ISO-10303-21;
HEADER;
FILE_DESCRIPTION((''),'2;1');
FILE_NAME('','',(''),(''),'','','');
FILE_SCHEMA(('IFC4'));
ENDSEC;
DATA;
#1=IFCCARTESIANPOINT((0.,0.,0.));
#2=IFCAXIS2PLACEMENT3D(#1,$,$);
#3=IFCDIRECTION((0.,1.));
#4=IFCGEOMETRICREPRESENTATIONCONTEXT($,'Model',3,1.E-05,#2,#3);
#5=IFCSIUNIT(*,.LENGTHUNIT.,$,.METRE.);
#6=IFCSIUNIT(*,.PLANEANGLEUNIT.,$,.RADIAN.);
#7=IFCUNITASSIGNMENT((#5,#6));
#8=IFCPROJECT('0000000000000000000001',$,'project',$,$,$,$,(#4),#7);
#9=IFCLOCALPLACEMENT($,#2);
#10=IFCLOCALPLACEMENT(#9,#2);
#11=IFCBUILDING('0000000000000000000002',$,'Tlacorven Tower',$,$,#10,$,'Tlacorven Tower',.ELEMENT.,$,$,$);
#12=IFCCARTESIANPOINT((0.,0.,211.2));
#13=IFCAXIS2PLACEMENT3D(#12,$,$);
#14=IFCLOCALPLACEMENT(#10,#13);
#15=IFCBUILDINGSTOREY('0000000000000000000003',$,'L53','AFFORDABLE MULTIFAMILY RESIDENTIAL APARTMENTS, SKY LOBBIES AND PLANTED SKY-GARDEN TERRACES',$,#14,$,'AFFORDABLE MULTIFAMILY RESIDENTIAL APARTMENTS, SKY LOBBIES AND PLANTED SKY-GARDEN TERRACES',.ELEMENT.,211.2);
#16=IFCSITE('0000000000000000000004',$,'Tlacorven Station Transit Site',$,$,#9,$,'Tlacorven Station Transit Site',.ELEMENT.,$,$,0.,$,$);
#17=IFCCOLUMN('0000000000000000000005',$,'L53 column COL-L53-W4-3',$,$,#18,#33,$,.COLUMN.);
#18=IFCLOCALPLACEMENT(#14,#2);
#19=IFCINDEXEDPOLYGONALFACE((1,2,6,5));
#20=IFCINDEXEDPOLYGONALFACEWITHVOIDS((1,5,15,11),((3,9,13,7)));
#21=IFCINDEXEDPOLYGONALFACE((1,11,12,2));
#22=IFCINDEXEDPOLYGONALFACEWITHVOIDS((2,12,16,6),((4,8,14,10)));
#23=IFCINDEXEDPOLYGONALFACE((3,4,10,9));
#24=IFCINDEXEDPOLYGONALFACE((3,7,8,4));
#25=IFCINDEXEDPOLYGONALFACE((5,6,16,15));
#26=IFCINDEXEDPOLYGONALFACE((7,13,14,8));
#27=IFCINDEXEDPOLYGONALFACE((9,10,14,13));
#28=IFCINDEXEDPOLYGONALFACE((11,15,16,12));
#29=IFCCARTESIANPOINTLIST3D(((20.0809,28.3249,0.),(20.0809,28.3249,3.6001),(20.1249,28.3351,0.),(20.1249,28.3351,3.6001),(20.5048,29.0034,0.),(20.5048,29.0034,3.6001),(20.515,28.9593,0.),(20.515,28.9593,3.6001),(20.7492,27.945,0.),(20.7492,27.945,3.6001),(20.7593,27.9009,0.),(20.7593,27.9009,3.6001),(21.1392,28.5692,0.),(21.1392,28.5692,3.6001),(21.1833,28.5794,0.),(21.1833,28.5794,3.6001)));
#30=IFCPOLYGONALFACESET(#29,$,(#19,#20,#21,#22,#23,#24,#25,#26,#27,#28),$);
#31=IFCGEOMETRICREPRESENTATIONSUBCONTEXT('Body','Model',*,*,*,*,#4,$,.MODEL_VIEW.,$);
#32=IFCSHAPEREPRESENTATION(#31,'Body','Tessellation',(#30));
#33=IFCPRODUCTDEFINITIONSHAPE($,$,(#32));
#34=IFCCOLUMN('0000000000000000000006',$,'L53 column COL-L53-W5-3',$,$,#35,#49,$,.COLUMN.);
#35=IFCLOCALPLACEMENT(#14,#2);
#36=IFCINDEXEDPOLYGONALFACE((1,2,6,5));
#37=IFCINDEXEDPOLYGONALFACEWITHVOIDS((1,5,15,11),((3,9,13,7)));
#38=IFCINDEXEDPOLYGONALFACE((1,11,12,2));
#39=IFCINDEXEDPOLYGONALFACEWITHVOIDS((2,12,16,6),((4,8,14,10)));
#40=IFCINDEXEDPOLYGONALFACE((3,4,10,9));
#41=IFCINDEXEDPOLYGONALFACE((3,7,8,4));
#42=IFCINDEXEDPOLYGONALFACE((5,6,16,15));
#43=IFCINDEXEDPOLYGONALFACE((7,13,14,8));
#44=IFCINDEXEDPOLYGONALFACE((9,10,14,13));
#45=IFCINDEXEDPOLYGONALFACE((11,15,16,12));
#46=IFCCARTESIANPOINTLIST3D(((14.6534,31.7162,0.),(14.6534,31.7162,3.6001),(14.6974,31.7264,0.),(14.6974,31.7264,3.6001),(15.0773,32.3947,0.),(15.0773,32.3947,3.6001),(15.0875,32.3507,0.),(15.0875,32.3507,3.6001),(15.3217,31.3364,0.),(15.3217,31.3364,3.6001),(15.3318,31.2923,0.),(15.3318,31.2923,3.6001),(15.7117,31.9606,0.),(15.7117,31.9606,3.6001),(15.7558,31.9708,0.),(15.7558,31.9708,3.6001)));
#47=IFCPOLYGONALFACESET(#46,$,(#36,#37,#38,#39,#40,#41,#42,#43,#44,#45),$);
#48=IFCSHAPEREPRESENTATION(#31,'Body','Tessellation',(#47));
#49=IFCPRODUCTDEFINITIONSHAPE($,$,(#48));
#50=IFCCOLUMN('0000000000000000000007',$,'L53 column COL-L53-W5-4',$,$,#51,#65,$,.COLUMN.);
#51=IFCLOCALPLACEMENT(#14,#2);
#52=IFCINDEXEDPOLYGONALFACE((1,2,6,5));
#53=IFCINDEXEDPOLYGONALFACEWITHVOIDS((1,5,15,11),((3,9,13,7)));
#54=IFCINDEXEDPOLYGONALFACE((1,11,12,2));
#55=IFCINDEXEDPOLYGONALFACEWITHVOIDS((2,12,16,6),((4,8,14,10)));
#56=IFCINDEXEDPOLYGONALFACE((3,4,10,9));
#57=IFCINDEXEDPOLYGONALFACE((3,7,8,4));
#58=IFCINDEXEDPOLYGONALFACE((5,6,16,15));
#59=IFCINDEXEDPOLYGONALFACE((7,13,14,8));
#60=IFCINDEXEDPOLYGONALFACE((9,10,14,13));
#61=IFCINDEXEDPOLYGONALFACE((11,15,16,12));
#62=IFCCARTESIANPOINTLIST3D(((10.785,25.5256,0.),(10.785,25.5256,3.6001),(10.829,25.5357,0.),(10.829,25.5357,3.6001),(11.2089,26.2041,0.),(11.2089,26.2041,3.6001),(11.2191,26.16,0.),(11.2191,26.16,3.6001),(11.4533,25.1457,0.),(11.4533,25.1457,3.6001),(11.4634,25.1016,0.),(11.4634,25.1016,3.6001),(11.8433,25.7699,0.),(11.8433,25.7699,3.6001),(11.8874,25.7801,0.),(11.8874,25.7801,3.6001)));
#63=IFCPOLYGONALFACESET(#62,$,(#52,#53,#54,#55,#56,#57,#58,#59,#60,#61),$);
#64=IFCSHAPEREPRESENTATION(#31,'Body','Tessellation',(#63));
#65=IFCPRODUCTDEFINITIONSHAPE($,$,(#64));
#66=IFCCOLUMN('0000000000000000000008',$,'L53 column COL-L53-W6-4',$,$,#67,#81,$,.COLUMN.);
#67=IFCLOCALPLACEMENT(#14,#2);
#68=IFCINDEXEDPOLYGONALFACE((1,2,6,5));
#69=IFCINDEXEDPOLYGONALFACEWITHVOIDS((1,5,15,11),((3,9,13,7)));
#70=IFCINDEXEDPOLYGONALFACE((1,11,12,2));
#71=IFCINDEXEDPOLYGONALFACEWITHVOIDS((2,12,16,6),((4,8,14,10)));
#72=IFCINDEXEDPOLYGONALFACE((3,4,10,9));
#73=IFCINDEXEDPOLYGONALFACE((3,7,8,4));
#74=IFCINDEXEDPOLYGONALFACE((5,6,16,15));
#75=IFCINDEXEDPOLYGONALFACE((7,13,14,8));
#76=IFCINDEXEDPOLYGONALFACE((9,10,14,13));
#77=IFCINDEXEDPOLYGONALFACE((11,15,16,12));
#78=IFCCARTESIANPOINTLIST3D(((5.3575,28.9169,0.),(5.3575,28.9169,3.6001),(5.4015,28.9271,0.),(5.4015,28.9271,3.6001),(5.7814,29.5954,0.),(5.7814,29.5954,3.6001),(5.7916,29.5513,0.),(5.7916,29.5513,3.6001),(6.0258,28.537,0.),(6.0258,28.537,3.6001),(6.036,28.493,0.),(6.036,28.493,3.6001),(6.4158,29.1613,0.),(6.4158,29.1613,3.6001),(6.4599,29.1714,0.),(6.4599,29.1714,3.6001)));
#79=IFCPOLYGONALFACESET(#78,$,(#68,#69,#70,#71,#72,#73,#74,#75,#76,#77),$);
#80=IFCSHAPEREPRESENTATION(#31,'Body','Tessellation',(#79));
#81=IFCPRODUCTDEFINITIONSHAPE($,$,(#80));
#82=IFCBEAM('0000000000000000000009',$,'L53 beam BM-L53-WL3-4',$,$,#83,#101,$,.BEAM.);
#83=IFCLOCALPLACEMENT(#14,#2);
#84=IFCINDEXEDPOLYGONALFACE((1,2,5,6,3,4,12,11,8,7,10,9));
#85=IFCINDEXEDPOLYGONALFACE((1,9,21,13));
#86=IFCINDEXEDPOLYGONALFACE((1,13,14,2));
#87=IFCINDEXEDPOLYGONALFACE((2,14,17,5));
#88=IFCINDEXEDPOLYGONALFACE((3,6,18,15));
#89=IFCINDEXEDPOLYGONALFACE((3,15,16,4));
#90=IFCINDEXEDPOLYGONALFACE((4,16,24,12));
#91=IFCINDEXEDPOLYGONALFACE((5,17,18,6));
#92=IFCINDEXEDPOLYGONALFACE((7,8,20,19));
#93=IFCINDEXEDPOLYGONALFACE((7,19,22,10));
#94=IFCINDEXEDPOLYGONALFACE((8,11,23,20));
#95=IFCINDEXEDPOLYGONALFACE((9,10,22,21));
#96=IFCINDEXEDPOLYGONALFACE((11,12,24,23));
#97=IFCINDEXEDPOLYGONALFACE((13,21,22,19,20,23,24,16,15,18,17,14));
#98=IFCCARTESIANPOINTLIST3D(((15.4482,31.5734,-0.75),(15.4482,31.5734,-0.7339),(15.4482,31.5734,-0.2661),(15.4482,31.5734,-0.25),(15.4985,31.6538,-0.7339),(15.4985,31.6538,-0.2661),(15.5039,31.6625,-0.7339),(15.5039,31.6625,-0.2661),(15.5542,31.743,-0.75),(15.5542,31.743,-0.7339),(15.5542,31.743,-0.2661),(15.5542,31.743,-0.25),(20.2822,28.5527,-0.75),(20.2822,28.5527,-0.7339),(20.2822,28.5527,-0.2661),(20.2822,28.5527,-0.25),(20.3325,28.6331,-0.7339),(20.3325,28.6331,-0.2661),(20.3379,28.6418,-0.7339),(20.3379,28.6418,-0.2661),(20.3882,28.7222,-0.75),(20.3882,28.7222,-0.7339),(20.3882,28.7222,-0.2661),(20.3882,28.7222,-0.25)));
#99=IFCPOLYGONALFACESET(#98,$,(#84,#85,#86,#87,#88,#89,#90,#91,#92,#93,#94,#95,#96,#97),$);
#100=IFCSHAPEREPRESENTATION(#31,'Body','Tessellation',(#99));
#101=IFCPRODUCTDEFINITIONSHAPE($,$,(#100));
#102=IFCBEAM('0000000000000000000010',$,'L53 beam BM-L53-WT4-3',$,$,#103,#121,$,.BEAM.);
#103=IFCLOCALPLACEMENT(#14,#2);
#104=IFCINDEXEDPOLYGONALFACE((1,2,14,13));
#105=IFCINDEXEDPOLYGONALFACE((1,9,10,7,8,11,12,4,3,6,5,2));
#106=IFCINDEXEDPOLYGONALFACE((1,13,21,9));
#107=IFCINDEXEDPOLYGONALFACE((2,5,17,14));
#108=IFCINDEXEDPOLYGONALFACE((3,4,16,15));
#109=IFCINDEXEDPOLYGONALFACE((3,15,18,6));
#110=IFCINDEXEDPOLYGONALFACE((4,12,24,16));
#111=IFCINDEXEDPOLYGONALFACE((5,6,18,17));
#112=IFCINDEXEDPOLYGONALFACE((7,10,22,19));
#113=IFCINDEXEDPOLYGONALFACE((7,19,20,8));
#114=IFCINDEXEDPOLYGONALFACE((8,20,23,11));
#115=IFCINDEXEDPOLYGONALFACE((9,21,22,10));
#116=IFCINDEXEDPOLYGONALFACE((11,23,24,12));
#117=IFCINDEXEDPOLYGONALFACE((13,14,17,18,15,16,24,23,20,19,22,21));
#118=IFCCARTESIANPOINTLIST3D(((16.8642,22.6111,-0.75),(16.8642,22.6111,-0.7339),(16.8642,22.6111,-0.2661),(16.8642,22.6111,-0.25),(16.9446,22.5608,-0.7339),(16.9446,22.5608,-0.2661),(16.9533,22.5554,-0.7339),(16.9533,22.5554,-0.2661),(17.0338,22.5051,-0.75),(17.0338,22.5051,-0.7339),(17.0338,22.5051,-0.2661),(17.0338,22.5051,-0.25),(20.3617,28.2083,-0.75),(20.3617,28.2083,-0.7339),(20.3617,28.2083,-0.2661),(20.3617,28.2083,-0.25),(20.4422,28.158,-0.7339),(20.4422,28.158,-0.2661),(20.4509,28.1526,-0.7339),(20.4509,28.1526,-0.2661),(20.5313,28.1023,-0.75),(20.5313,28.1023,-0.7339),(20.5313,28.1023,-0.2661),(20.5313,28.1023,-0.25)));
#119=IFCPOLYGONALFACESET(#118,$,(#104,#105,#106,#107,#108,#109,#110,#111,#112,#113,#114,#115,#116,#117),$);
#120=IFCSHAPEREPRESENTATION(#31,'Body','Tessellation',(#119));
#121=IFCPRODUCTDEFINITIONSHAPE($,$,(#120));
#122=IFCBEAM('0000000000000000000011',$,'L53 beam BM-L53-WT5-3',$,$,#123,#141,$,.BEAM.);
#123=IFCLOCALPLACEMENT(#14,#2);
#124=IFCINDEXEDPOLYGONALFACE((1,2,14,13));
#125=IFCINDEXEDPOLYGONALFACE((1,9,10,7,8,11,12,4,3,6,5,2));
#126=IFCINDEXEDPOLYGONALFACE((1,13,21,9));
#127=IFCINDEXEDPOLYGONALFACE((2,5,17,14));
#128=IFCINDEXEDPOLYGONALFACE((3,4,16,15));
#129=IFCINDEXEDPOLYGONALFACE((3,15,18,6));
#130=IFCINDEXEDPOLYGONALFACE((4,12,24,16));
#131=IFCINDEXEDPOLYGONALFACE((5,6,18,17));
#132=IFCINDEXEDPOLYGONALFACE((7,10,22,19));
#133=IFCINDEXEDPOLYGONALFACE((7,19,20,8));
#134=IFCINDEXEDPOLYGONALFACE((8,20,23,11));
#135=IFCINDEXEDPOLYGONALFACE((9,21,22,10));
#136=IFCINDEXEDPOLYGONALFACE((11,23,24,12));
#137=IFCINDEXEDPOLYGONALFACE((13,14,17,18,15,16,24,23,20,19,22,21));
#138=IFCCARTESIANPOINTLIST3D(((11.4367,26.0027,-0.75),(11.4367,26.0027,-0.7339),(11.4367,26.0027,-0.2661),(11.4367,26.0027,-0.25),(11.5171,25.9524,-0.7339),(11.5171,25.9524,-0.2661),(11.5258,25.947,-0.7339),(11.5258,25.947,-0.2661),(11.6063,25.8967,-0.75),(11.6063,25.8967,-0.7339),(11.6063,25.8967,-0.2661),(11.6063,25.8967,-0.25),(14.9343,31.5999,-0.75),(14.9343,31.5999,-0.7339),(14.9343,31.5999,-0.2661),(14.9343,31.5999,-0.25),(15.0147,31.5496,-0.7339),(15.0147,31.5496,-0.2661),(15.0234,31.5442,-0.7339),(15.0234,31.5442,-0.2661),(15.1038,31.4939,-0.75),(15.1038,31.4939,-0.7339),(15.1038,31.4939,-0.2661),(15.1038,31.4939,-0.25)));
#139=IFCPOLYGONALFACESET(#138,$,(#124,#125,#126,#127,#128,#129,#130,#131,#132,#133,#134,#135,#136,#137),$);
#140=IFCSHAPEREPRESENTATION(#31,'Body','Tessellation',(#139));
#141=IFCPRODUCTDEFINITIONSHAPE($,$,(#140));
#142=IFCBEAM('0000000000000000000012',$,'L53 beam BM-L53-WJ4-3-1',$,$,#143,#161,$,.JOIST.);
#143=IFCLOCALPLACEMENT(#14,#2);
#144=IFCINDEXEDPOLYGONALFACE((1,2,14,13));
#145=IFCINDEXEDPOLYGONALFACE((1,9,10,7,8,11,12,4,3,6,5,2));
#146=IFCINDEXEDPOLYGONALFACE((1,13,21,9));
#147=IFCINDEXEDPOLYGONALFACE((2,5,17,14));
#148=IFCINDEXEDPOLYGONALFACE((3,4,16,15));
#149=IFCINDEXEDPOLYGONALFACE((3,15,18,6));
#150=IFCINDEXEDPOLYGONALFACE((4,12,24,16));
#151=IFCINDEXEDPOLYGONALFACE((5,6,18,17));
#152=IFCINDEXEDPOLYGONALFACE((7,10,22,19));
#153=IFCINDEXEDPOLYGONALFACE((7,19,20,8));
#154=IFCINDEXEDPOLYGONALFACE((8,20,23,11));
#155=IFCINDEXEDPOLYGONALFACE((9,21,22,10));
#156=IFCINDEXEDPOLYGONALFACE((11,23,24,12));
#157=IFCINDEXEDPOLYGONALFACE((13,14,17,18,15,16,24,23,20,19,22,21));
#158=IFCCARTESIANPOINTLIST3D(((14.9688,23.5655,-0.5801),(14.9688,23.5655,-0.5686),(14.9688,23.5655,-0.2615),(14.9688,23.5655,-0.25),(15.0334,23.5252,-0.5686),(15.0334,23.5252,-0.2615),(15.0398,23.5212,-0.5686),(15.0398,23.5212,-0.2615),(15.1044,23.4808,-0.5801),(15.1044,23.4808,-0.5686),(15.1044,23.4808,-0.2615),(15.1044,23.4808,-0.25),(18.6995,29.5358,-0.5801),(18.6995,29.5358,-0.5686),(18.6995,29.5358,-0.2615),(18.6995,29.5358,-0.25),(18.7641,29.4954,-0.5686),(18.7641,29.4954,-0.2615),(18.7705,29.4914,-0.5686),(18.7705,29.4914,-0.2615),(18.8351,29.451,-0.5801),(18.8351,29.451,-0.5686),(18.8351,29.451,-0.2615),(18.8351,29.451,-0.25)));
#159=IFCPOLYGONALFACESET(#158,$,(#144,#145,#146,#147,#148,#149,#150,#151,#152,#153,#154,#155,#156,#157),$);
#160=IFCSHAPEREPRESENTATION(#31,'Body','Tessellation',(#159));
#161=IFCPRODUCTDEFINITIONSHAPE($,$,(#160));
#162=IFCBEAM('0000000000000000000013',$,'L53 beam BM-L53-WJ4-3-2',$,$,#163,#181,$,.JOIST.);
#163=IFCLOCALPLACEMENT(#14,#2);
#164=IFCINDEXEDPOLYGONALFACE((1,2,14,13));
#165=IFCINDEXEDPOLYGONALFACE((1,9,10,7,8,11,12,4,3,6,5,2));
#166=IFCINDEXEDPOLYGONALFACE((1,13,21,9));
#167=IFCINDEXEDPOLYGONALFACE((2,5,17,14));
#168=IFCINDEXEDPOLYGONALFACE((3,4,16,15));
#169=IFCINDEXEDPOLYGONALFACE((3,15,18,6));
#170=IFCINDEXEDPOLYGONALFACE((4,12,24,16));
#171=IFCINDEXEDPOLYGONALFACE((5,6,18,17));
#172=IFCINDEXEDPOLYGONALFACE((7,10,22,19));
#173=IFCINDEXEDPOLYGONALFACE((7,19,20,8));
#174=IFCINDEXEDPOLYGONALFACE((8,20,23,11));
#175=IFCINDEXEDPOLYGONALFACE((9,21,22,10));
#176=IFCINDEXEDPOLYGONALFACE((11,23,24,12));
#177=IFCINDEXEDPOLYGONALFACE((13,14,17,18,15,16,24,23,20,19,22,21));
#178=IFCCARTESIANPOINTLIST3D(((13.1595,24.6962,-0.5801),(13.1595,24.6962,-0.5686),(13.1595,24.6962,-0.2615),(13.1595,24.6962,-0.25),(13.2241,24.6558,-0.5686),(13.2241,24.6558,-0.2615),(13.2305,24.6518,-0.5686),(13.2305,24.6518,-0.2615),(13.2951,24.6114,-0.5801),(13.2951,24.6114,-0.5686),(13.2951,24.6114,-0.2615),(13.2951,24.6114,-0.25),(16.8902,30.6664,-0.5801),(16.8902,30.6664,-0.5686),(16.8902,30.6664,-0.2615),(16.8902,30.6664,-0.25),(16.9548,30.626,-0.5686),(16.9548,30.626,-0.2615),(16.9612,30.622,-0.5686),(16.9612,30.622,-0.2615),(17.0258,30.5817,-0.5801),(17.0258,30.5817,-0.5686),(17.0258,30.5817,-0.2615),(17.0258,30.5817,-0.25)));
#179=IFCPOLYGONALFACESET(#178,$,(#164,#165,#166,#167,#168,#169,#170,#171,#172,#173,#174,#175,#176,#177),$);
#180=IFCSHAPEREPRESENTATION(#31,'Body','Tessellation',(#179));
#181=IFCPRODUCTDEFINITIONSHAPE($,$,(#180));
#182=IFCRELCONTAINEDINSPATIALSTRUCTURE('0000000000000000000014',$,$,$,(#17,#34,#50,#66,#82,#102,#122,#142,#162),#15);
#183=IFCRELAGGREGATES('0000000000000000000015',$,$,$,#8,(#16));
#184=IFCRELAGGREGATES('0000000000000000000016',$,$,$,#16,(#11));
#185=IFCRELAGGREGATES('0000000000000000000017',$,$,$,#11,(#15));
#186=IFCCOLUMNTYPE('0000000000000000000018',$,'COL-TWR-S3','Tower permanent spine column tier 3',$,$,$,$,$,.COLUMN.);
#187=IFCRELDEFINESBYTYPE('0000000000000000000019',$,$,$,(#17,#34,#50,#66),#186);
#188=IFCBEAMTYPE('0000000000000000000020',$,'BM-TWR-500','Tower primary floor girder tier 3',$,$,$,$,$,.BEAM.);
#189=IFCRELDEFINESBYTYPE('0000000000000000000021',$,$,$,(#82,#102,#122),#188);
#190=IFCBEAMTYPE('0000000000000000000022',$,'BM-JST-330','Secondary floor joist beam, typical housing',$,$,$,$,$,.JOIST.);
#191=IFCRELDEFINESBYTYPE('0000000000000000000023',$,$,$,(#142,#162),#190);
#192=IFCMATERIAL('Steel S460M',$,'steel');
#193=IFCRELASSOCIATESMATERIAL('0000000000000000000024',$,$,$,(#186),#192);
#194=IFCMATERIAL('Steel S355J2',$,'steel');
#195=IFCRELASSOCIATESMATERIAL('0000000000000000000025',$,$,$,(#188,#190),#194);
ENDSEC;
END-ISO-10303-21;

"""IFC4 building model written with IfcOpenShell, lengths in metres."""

from ifc_helpers import new_model, si_unit, direction, frame, origin, origin_2d, place, context, subcontext, project, spatial, hollow_rectangle, i_section, extrude, source, transform, mapped, material, material_profile, profile_set, type_object, element, save


model = new_model("IFC4")

# Units and contexts
model_context = context("Model", 3, precision=1e-05, world=origin(), true_north=direction((0.0, 1.0)))
body_context = subcontext(model_context, "Body", "Model", "MODEL_VIEW")
ifc_project = project(units=[si_unit("LENGTHUNIT", "METRE"), si_unit("PLANEANGLEUNIT", "RADIAN")], contexts=[model_context])

# Site, building, storey
site_placement = place(None, origin())
site = spatial("IfcSite", under=ifc_project, at=site_placement, Name="Tlacorven Station Transit Site", LongName="Tlacorven Station Transit Site", CompositionType="ELEMENT", RefElevation=0.0)
building_placement = place(site_placement, origin())
building = spatial("IfcBuilding", under=site, at=building_placement, Name="Tlacorven Tower", LongName="Tlacorven Tower", CompositionType="ELEMENT")
storey_placement = place(building_placement, frame((0.0, 0.0, 211.2)))
storey = spatial("IfcBuildingStorey", under=building, at=storey_placement, Name="L53", Description="AFFORDABLE MULTIFAMILY RESIDENTIAL APARTMENTS, SKY LOBBIES AND PLANTED SKY-GARDEN TERRACES", LongName="AFFORDABLE MULTIFAMILY RESIDENTIAL APARTMENTS, SKY LOBBIES AND PLANTED SKY-GARDEN TERRACES", CompositionType="ELEMENT", Elevation=211.2)

# Columns
ifc_material_1 = material(Name="Steel S460M", Category="steel")
ifc_material_profile_1 = material_profile(ifc_material_1, hollow_rectangle(XDim=0.8, YDim=0.8, WallThickness=0.032, at=origin_2d()), Name="BOX 800X800X32")
ifc_profile_set_1 = profile_set([ifc_material_profile_1], Name="Steel S460M")
column_type = type_object("IfcColumnType", Name="COL-TWR-S3", Description="Tower permanent spine column tier 3", PredefinedType="COLUMN", material=ifc_profile_set_1)
shared_shape_1 = source(origin(), body_context, "Body", "SweptSolid", [
    extrude(hollow_rectangle(XDim=0.8, YDim=0.8, WallThickness=0.032, at=origin_2d()), origin(), (0.0, 0.0, 1.0), 3.6001),
])
for number, where, z_axis, x_axis, name in (
    (1, (20.6321, 28.4521, 0.0), (0.0, 0.0, 1.0), (-0.848048, 0.529919, 0.0), "L53 column COL-L53-W4-3"),
    (2, (15.2046, 31.8435, 0.0), (0.0, 0.0, 1.0), (-0.848048, 0.529919, 0.0), "L53 column COL-L53-W5-3"),
    (3, (11.3362, 25.6528, 0.0), (0.0, 0.0, 1.0), (-0.848048, 0.529919, 0.0), "L53 column COL-L53-W5-4"),
    (4, (5.9087, 29.0442, 0.0), (0.0, 0.0, 1.0), (-0.848048, 0.529919, 0.0), "L53 column COL-L53-W6-4"),
):
    element("IfcColumn", number, at=place(storey_placement, frame(where, z_axis=z_axis, x_axis=x_axis)), inside=storey, type_object=column_type, Name=name, PredefinedType="COLUMN", context=body_context, shape_type="MappedRepresentation", body=[
        mapped(shared_shape_1, transform((0.0, 0.0, 0.0), scale=1.0)),
    ])

# Beams
ifc_material_2 = material(Name="Steel S355J2", Category="steel")
ifc_material_profile_2 = material_profile(ifc_material_2, i_section(OverallWidth=0.2, OverallDepth=0.5, WebThickness=0.0103, FlangeThickness=0.0161, at=origin_2d()), Name="IPE 500")
ifc_profile_set_2 = profile_set([ifc_material_profile_2], Name="Steel S355J2")
beam_type_1 = type_object("IfcBeamType", Name="BM-TWR-500", Description="Tower primary floor girder tier 3", PredefinedType="BEAM", material=ifc_profile_set_2)
shared_shape_2 = source(origin(), body_context, "Body", "SweptSolid", [
    extrude(i_section(OverallWidth=0.2, OverallDepth=0.5, WebThickness=0.0103, FlangeThickness=0.0161, at=origin_2d()), origin(), (0.0, 0.0, 1.0), 5.7002),
])
beam_1_placement = place(storey_placement, frame((20.3352, 28.6375, -0.5), z_axis=(-0.848037, 0.529937, 0.0), x_axis=(-0.529937, -0.848037, 0.0)))
element("IfcBeam", 5, at=beam_1_placement, inside=storey, type_object=beam_type_1, Name="L53 beam BM-L53-WL3-4", PredefinedType="BEAM", context=body_context, shape_type="MappedRepresentation", body=[
    mapped(shared_shape_2, transform((0.0, 0.0, 0.0), scale=1.0)),
])
shared_shape_3 = source(origin(), body_context, "Body", "SweptSolid", [
    extrude(i_section(OverallWidth=0.2, OverallDepth=0.5, WebThickness=0.0103, FlangeThickness=0.0161, at=origin_2d()), origin(), (0.0, 0.0, 1.0), 6.6001),
])
for number, where, z_axis, x_axis, name in (
    (6, (20.4465, 28.1553, -0.5), (-0.529926, -0.848044, 0.0), (0.848044, -0.529926, 0.0), "L53 beam BM-L53-WT4-3"),
    (7, (15.019, 31.5469, -0.5), (-0.529926, -0.848044, 0.0), (0.848044, -0.529926, 0.0), "L53 beam BM-L53-WT5-3"),
):
    element("IfcBeam", number, at=place(storey_placement, frame(where, z_axis=z_axis, x_axis=x_axis)), inside=storey, type_object=beam_type_1, Name=name, PredefinedType="BEAM", context=body_context, shape_type="MappedRepresentation", body=[
        mapped(shared_shape_3, transform((0.0, 0.0, 0.0), scale=1.0)),
    ])
ifc_material_profile_3 = material_profile(ifc_material_2, i_section(OverallWidth=0.1599, OverallDepth=0.3301, WebThickness=0.0076, FlangeThickness=0.0115, at=origin_2d()), Name="IPE 330")
ifc_profile_set_3 = profile_set([ifc_material_profile_3], Name="Steel S355J2")
beam_type_2 = type_object("IfcBeamType", Name="BM-JST-330", Description="Secondary floor joist beam, typical housing", PredefinedType="JOIST", material=ifc_profile_set_3)
shared_shape_4 = source(origin(), body_context, "Body", "SweptSolid", [
    extrude(i_section(OverallWidth=0.1599, OverallDepth=0.3301, WebThickness=0.0076, FlangeThickness=0.0115, at=origin_2d()), origin(), (0.0, 0.0, 1.0), 7.04),
])
for number, where, z_axis, x_axis, name in (
    (8, (18.7673, 29.4934, -0.415), (-0.52993, -0.848041, 0.0), (0.848041, -0.52993, 0.0), "L53 beam BM-L53-WJ4-3-1"),
    (9, (16.958, 30.624, -0.415), (-0.52993, -0.848041, 0.0), (0.848041, -0.52993, 0.0), "L53 beam BM-L53-WJ4-3-2"),
):
    element("IfcBeam", number, at=place(storey_placement, frame(where, z_axis=z_axis, x_axis=x_axis)), inside=storey, type_object=beam_type_2, Name=name, PredefinedType="JOIST", context=body_context, shape_type="MappedRepresentation", body=[
        mapped(shared_shape_4, transform((0.0, 0.0, 0.0), scale=1.0)),
    ])

save(model, "model.ifc")
